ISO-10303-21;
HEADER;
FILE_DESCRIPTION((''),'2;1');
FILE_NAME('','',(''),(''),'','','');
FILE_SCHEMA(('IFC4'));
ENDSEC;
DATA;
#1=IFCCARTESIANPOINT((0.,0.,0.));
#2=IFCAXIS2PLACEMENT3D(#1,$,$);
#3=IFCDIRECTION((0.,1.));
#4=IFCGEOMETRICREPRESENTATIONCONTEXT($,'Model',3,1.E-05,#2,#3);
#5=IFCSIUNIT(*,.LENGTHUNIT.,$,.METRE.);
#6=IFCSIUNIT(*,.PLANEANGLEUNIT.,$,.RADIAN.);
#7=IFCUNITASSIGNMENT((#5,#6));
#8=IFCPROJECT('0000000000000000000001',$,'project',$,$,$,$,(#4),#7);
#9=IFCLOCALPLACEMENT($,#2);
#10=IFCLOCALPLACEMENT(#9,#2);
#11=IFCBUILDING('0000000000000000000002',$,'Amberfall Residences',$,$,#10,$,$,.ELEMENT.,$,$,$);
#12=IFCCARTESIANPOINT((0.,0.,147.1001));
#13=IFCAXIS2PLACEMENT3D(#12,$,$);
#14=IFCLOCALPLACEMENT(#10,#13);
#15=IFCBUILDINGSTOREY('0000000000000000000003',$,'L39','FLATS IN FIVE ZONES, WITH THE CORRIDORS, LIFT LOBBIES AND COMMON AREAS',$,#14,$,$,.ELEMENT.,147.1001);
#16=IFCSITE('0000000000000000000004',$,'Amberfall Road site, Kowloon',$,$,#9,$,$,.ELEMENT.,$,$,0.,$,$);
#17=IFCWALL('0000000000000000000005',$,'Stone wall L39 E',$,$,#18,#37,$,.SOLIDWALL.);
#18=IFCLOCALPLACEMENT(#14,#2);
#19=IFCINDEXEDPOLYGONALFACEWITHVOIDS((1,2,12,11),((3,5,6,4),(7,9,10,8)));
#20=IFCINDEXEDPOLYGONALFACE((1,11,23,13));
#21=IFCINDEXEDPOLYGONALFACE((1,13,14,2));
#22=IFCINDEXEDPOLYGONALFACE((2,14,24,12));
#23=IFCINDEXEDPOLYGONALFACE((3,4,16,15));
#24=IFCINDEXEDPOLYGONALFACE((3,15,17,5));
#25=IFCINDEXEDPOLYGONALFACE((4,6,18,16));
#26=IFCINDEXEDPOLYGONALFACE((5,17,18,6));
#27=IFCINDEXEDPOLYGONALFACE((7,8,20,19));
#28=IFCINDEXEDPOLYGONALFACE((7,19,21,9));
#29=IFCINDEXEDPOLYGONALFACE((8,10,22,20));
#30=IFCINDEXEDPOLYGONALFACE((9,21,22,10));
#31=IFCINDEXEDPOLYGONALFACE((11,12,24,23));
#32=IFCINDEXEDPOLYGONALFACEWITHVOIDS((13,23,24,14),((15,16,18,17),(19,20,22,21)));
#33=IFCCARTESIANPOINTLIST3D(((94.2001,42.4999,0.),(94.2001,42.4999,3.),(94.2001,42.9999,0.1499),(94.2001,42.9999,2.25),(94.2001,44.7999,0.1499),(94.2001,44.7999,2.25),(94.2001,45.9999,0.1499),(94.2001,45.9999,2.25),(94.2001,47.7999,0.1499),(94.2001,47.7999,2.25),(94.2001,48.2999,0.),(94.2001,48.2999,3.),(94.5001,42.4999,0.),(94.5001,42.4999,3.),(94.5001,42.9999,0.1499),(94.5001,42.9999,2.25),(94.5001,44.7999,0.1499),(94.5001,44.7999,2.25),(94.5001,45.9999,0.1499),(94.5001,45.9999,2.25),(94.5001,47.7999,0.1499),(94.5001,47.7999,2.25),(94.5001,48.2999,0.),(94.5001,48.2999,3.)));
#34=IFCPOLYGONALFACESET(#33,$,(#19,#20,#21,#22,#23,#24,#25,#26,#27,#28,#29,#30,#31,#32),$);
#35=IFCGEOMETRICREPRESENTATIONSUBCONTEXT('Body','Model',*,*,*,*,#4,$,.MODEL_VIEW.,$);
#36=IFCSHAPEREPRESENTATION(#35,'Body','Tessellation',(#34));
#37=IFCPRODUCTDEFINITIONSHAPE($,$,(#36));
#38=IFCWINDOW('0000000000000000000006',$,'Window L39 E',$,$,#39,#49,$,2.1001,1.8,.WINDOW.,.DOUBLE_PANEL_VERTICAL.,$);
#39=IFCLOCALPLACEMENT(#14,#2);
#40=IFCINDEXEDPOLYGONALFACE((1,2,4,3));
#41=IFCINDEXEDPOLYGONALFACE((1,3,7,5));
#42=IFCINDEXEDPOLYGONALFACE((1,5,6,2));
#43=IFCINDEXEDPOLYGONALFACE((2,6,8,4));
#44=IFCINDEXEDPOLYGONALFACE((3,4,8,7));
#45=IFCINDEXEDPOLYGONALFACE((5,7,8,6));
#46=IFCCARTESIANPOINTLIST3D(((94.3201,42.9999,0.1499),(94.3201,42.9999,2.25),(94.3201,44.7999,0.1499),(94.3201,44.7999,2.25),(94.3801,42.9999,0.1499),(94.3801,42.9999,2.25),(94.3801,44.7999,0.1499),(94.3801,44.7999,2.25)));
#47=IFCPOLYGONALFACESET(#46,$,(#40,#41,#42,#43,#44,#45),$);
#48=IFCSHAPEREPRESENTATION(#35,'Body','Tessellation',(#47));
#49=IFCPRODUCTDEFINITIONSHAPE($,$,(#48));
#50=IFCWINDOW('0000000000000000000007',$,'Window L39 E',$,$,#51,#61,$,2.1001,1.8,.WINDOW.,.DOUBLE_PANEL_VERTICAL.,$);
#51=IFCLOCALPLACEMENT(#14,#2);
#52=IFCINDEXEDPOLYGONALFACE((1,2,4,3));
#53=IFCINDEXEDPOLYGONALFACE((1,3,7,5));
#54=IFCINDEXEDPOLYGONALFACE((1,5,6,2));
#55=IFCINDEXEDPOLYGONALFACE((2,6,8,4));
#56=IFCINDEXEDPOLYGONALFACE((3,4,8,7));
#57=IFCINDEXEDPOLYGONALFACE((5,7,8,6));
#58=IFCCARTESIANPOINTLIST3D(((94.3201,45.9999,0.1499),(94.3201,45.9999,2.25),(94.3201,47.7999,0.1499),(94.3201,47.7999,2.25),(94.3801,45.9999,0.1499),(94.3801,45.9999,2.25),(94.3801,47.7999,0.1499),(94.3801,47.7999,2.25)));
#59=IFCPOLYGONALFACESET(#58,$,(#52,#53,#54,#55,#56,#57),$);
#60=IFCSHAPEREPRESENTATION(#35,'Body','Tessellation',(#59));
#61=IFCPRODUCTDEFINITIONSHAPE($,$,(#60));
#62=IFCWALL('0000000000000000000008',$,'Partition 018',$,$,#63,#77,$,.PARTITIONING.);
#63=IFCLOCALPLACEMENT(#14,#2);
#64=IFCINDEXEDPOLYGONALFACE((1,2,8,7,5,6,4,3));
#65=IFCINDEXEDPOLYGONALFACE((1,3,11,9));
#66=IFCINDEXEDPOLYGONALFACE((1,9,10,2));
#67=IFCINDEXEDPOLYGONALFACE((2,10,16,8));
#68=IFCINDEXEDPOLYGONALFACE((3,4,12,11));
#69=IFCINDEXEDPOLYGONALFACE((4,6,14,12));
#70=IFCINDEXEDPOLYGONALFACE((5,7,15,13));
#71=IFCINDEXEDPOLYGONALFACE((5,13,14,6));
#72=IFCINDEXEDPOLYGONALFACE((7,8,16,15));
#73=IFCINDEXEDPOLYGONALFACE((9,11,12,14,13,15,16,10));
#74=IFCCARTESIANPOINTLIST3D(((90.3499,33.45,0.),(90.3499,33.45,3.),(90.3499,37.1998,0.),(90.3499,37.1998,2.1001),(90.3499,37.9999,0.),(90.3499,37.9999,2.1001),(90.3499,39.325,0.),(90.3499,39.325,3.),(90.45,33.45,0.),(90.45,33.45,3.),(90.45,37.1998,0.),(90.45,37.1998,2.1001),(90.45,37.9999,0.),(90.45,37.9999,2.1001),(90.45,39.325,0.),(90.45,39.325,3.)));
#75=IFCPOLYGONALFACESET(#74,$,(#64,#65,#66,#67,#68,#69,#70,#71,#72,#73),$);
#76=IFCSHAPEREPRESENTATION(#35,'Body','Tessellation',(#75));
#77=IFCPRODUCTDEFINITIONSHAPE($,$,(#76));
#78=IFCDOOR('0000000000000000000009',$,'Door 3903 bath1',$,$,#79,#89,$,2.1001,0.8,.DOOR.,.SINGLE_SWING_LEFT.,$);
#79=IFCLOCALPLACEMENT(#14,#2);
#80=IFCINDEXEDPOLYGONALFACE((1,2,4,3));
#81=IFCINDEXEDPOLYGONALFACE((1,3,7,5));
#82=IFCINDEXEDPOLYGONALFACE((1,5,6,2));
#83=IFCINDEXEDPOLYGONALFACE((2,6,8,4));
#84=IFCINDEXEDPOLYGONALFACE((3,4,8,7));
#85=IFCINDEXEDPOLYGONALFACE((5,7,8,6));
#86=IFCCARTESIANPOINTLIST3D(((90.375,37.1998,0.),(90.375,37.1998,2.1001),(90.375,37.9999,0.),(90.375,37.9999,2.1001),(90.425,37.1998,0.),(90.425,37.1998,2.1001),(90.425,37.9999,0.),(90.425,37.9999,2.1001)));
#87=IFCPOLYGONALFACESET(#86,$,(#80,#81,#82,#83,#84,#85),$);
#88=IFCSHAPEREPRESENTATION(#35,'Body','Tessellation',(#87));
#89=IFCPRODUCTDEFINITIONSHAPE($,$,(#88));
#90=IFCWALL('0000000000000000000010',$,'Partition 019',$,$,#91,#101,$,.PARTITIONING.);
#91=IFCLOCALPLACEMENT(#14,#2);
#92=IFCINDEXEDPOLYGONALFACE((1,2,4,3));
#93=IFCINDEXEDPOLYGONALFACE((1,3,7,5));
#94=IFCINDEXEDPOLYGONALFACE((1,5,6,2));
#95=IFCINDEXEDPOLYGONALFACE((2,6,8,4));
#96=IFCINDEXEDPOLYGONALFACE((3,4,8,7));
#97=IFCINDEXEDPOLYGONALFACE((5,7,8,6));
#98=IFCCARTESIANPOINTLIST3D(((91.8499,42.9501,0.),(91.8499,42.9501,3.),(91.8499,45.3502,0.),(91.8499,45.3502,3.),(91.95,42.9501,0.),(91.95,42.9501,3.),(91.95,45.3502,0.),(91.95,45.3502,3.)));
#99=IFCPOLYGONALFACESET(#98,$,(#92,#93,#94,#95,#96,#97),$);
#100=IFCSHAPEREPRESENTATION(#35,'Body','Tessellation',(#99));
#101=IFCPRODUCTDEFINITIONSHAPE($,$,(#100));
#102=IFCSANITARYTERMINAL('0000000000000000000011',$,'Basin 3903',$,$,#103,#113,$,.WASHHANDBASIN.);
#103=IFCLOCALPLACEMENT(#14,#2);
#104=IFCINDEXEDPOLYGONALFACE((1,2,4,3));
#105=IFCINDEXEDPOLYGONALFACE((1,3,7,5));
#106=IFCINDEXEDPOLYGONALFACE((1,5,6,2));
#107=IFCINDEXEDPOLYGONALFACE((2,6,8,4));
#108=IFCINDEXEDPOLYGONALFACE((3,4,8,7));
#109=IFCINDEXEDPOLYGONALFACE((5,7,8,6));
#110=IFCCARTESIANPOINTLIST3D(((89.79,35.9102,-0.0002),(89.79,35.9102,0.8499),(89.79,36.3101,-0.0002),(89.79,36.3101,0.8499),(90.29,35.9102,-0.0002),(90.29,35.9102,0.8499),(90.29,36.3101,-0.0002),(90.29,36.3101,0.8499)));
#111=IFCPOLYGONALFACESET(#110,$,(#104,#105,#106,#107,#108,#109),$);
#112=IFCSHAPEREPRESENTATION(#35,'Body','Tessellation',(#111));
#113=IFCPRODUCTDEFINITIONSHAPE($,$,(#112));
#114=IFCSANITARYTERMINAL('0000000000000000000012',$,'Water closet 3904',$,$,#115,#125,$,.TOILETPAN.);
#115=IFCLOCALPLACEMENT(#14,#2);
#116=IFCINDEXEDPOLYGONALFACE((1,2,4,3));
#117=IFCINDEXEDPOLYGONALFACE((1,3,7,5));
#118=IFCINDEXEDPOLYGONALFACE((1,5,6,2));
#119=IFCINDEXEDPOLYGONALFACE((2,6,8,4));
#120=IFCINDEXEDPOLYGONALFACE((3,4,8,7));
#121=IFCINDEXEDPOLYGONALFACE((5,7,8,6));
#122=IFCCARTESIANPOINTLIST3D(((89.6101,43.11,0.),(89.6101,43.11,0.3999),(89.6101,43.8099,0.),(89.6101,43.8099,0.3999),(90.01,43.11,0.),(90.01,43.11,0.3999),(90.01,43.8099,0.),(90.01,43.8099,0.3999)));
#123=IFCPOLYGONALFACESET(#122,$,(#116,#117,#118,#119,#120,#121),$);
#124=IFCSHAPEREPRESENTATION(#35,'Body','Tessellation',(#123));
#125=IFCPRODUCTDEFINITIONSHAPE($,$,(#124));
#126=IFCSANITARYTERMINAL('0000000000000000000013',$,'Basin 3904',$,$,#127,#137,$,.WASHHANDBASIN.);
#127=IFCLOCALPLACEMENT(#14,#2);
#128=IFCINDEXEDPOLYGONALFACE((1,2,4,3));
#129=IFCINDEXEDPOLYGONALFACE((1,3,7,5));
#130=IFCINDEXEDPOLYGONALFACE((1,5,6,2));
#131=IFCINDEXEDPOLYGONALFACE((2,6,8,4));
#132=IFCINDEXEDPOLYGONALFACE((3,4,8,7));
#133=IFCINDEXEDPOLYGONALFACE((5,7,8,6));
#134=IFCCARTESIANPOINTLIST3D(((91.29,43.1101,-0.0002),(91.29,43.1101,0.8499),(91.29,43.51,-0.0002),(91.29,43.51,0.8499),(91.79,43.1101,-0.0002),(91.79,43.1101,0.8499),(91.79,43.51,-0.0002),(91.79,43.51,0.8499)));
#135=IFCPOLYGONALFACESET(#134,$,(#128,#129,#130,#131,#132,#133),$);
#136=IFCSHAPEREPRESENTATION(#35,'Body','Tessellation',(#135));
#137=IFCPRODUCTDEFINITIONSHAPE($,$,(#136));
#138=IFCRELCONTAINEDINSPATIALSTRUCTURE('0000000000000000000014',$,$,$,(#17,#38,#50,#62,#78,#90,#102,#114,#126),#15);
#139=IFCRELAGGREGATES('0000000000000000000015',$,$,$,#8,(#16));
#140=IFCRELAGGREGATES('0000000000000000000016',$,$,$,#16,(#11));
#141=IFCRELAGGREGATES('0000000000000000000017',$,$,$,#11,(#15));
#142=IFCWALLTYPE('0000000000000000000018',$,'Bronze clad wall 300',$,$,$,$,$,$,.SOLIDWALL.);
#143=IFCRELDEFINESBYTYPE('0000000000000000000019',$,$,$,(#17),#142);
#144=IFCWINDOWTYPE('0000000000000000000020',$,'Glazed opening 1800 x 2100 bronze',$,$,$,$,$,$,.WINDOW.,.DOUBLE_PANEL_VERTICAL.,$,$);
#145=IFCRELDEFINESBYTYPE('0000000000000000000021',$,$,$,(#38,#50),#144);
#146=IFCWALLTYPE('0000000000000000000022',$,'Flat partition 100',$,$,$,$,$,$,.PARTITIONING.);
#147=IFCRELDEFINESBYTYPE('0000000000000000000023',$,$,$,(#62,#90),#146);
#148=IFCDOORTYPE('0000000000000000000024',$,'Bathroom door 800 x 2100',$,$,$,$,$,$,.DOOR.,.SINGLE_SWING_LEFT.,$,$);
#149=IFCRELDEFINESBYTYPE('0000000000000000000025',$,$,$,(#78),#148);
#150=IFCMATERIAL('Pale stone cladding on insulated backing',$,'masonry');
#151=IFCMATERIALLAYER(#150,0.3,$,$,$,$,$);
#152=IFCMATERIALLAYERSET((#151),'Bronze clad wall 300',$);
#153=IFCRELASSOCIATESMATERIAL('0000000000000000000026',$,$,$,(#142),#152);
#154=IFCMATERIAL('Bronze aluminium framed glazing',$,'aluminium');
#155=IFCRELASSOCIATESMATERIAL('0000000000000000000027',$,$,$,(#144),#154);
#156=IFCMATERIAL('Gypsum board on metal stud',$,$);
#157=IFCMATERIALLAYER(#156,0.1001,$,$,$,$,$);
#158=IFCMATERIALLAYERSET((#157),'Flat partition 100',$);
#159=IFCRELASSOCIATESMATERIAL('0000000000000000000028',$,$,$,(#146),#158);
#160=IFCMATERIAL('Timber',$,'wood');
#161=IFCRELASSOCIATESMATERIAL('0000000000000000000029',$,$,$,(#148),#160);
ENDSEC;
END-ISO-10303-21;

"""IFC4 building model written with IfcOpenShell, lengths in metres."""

from ifc_helpers import new_model, si_unit, direction, frame, frame_2d, origin, origin_2d, place, context, subcontext, project, spatial, rectangle, extrude, material, layer, layer_set, type_object, element, fill, save


model = new_model("IFC4")

# Units and contexts
model_context = context("Model", 3, precision=1e-05, world=origin(), true_north=direction((0.0, 1.0)))
body_context = subcontext(model_context, "Body", "Model", "MODEL_VIEW")
ifc_project = project(units=[si_unit("LENGTHUNIT", "METRE"), si_unit("PLANEANGLEUNIT", "RADIAN")], contexts=[model_context])

# Site, building, storey
site_placement = place(None, origin())
site = spatial("IfcSite", under=ifc_project, at=site_placement, Name="Amberfall Road site, Kowloon", CompositionType="ELEMENT", RefElevation=0.0)
building_placement = place(site_placement, origin())
building = spatial("IfcBuilding", under=site, at=building_placement, Name="Amberfall Residences", CompositionType="ELEMENT")
storey_placement = place(building_placement, frame((0.0, 0.0, 147.1001)))
storey = spatial("IfcBuildingStorey", under=building, at=storey_placement, Name="L39", Description="FLATS IN FIVE ZONES, WITH THE CORRIDORS, LIFT LOBBIES AND COMMON AREAS", CompositionType="ELEMENT", Elevation=147.1001)

# Shared definitions
ifc_material_1 = material(Name="Pale stone cladding on insulated backing", Category="masonry")
ifc_layer_1 = layer(ifc_material_1, 0.3)
ifc_layer_set_1 = layer_set([ifc_layer_1], Name="Bronze clad wall 300")
wall_type_1 = type_object("IfcWallType", Name="Bronze clad wall 300", PredefinedType="SOLIDWALL", material=ifc_layer_set_1)
ifc_material_2 = material(Name="Bronze aluminium framed glazing", Category="aluminium")

# Wall, openings, windows
window_type_1 = type_object("IfcWindowType", Name="Glazed opening 1800 x 2100 bronze", PartitioningType="DOUBLE_PANEL_VERTICAL", PredefinedType="WINDOW", material=ifc_material_2)
wall_1_placement = place(storey_placement, frame((94.3501, 42.5, 0.0), z_axis=(0.0, 0.0, 1.0), x_axis=(0.0, 1.0, 0.0)))
wall_1 = element("IfcWall", 1, at=wall_1_placement, inside=storey, type_object=wall_type_1, Name="Stone wall L39 E", PredefinedType="SOLIDWALL", context=body_context, shape_type="SweptSolid", body=[
    extrude(rectangle(XDim=5.8, YDim=0.3, at=frame_2d((2.8999, 0.0))), origin(), (0.0, 0.0, 1.0), 3.0),
])
opening_1_placement = place(wall_1_placement, frame((0.5, 0.0, 0.1499)))
opening_1 = element("IfcOpeningElement", 2, at=opening_1_placement, cuts=wall_1, PredefinedType="OPENING", context=body_context, shape_type="SweptSolid", body=[
    extrude(rectangle(XDim=1.8, YDim=2.1001, at=frame_2d((0.8999, 1.05))), frame((0.0, 0.1599, 0.0), z_axis=(0.0, -1.0, 0.0), x_axis=(1.0, 0.0, 0.0)), (0.0, 0.0, 1.0), 0.3201),
])
opening_2_placement = place(wall_1_placement, frame((3.5, 0.0, 0.1499)))
opening_2 = element("IfcOpeningElement", 3, at=opening_2_placement, cuts=wall_1, PredefinedType="OPENING", context=body_context, shape_type="SweptSolid", body=[
    extrude(rectangle(XDim=1.8, YDim=2.1001, at=frame_2d((0.8999, 1.05))), frame((0.0, 0.1599, 0.0), z_axis=(0.0, -1.0, 0.0), x_axis=(1.0, 0.0, 0.0)), (0.0, 0.0, 1.0), 0.3201),
])
window_1_placement = place(opening_1_placement, origin())
window_1 = element("IfcWindow", 4, at=window_1_placement, inside=storey, type_object=window_type_1, Name="Window L39 E", OverallHeight=2.1001, OverallWidth=1.8, PartitioningType="DOUBLE_PANEL_VERTICAL", PredefinedType="WINDOW", context=body_context, shape_type="SweptSolid", body=[
    extrude(rectangle(XDim=1.8, YDim=2.1001, at=frame_2d((0.8999, 1.05))), frame((0.0, 0.03, 0.0), z_axis=(0.0, -1.0, 0.0), x_axis=(1.0, 0.0, 0.0)), (0.0, 0.0, 1.0), 0.0601),
])
fill(opening_1, window_1)
window_2_placement = place(opening_2_placement, origin())
window_2 = element("IfcWindow", 5, at=window_2_placement, inside=storey, type_object=window_type_1, Name="Window L39 E", OverallHeight=2.1001, OverallWidth=1.8, PartitioningType="DOUBLE_PANEL_VERTICAL", PredefinedType="WINDOW", context=body_context, shape_type="SweptSolid", body=[
    extrude(rectangle(XDim=1.8, YDim=2.1001, at=frame_2d((0.8999, 1.05))), frame((0.0, 0.03, 0.0), z_axis=(0.0, -1.0, 0.0), x_axis=(1.0, 0.0, 0.0)), (0.0, 0.0, 1.0), 0.0601),
])
fill(opening_2, window_2)

# Wall, opening, door
ifc_material_3 = material(Name="Gypsum board on metal stud")
ifc_layer_2 = layer(ifc_material_3, 0.1001)
ifc_layer_set_2 = layer_set([ifc_layer_2], Name="Flat partition 100")
wall_type_2 = type_object("IfcWallType", Name="Flat partition 100", PredefinedType="PARTITIONING", material=ifc_layer_set_2)
wall_2_placement = place(storey_placement, frame((90.3999, 33.45, 0.0), z_axis=(0.0, 0.0, 1.0), x_axis=(0.0, 1.0, 0.0)))
wall_2 = element("IfcWall", 6, at=wall_2_placement, inside=storey, type_object=wall_type_2, Name="Partition 018", PredefinedType="PARTITIONING", context=body_context, shape_type="SweptSolid", body=[
    extrude(rectangle(XDim=5.875, YDim=0.1001, at=frame_2d((2.9375, 0.0))), origin(), (0.0, 0.0, 1.0), 3.0),
])
opening_3_placement = place(wall_2_placement, frame((3.75, 0.0, 0.0)))
opening_3 = element("IfcOpeningElement", 7, at=opening_3_placement, cuts=wall_2, PredefinedType="OPENING", context=body_context, shape_type="SweptSolid", body=[
    extrude(rectangle(XDim=0.8, YDim=2.1001, at=frame_2d((0.3999, 1.05))), frame((0.0, 0.0601, 0.0), z_axis=(0.0, -1.0, 0.0), x_axis=(1.0, 0.0, 0.0)), (0.0, 0.0, 1.0), 0.1201),
])
ifc_material_4 = material(Name="Timber", Category="wood")
door_type = type_object("IfcDoorType", Name="Bathroom door 800 x 2100", OperationType="SINGLE_SWING_LEFT", PredefinedType="DOOR", material=ifc_material_4)
door_placement = place(opening_3_placement, origin())
door = element("IfcDoor", 8, at=door_placement, inside=storey, type_object=door_type, Name="Door 3903 bath1", OperationType="SINGLE_SWING_LEFT", OverallHeight=2.1001, OverallWidth=0.8, PredefinedType="DOOR", context=body_context, shape_type="SweptSolid", body=[
    extrude(rectangle(XDim=0.8, YDim=2.1001, at=frame_2d((0.3999, 1.05))), frame((0.0, 0.0249, 0.0), z_axis=(0.0, -1.0, 0.0), x_axis=(1.0, 0.0, 0.0)), (0.0, 0.0, 1.0), 0.05),
])
fill(opening_3, door)

# Wall
wall_3_placement = place(storey_placement, frame((91.8999, 42.95, 0.0), z_axis=(0.0, 0.0, 1.0), x_axis=(0.0, 1.0, 0.0)))
element("IfcWall", 9, at=wall_3_placement, inside=storey, type_object=wall_type_2, Name="Partition 019", PredefinedType="PARTITIONING", context=body_context, shape_type="SweptSolid", body=[
    extrude(rectangle(XDim=2.4001, YDim=0.1001, at=frame_2d((1.2002, 0.0))), origin(), (0.0, 0.0, 1.0), 3.0),
])

# Sanitary terminals
sanitary_terminal_1_placement = place(storey_placement, frame((90.04, 36.1101, -0.0002), z_axis=(0.0, 0.0, 1.0), x_axis=(1.0, 0.0, 0.0)))
element("IfcSanitaryTerminal", 10, at=sanitary_terminal_1_placement, inside=storey, Name="Basin 3903", PredefinedType="WASHHANDBASIN", context=body_context, shape_type="SweptSolid", body=[
    extrude(rectangle(XDim=0.5, YDim=0.3999, at=origin_2d()), origin(), (0.0, 0.0, 1.0), 0.8501),
])
sanitary_terminal_2_placement = place(storey_placement, frame((89.8101, 43.46, 0.0), z_axis=(0.0, 0.0, 1.0), x_axis=(1.0, 0.0, 0.0)))
element("IfcSanitaryTerminal", 11, at=sanitary_terminal_2_placement, inside=storey, Name="Water closet 3904", PredefinedType="TOILETPAN", context=body_context, shape_type="SweptSolid", body=[
    extrude(rectangle(XDim=0.3999, YDim=0.7, at=origin_2d()), origin(), (0.0, 0.0, 1.0), 0.3999),
])
sanitary_terminal_3_placement = place(storey_placement, frame((91.54, 43.3101, -0.0002), z_axis=(0.0, 0.0, 1.0), x_axis=(1.0, 0.0, 0.0)))
element("IfcSanitaryTerminal", 12, at=sanitary_terminal_3_placement, inside=storey, Name="Basin 3904", PredefinedType="WASHHANDBASIN", context=body_context, shape_type="SweptSolid", body=[
    extrude(rectangle(XDim=0.5, YDim=0.3999, at=origin_2d()), origin(), (0.0, 0.0, 1.0), 0.8501),
])

save(model, "model.ifc")
